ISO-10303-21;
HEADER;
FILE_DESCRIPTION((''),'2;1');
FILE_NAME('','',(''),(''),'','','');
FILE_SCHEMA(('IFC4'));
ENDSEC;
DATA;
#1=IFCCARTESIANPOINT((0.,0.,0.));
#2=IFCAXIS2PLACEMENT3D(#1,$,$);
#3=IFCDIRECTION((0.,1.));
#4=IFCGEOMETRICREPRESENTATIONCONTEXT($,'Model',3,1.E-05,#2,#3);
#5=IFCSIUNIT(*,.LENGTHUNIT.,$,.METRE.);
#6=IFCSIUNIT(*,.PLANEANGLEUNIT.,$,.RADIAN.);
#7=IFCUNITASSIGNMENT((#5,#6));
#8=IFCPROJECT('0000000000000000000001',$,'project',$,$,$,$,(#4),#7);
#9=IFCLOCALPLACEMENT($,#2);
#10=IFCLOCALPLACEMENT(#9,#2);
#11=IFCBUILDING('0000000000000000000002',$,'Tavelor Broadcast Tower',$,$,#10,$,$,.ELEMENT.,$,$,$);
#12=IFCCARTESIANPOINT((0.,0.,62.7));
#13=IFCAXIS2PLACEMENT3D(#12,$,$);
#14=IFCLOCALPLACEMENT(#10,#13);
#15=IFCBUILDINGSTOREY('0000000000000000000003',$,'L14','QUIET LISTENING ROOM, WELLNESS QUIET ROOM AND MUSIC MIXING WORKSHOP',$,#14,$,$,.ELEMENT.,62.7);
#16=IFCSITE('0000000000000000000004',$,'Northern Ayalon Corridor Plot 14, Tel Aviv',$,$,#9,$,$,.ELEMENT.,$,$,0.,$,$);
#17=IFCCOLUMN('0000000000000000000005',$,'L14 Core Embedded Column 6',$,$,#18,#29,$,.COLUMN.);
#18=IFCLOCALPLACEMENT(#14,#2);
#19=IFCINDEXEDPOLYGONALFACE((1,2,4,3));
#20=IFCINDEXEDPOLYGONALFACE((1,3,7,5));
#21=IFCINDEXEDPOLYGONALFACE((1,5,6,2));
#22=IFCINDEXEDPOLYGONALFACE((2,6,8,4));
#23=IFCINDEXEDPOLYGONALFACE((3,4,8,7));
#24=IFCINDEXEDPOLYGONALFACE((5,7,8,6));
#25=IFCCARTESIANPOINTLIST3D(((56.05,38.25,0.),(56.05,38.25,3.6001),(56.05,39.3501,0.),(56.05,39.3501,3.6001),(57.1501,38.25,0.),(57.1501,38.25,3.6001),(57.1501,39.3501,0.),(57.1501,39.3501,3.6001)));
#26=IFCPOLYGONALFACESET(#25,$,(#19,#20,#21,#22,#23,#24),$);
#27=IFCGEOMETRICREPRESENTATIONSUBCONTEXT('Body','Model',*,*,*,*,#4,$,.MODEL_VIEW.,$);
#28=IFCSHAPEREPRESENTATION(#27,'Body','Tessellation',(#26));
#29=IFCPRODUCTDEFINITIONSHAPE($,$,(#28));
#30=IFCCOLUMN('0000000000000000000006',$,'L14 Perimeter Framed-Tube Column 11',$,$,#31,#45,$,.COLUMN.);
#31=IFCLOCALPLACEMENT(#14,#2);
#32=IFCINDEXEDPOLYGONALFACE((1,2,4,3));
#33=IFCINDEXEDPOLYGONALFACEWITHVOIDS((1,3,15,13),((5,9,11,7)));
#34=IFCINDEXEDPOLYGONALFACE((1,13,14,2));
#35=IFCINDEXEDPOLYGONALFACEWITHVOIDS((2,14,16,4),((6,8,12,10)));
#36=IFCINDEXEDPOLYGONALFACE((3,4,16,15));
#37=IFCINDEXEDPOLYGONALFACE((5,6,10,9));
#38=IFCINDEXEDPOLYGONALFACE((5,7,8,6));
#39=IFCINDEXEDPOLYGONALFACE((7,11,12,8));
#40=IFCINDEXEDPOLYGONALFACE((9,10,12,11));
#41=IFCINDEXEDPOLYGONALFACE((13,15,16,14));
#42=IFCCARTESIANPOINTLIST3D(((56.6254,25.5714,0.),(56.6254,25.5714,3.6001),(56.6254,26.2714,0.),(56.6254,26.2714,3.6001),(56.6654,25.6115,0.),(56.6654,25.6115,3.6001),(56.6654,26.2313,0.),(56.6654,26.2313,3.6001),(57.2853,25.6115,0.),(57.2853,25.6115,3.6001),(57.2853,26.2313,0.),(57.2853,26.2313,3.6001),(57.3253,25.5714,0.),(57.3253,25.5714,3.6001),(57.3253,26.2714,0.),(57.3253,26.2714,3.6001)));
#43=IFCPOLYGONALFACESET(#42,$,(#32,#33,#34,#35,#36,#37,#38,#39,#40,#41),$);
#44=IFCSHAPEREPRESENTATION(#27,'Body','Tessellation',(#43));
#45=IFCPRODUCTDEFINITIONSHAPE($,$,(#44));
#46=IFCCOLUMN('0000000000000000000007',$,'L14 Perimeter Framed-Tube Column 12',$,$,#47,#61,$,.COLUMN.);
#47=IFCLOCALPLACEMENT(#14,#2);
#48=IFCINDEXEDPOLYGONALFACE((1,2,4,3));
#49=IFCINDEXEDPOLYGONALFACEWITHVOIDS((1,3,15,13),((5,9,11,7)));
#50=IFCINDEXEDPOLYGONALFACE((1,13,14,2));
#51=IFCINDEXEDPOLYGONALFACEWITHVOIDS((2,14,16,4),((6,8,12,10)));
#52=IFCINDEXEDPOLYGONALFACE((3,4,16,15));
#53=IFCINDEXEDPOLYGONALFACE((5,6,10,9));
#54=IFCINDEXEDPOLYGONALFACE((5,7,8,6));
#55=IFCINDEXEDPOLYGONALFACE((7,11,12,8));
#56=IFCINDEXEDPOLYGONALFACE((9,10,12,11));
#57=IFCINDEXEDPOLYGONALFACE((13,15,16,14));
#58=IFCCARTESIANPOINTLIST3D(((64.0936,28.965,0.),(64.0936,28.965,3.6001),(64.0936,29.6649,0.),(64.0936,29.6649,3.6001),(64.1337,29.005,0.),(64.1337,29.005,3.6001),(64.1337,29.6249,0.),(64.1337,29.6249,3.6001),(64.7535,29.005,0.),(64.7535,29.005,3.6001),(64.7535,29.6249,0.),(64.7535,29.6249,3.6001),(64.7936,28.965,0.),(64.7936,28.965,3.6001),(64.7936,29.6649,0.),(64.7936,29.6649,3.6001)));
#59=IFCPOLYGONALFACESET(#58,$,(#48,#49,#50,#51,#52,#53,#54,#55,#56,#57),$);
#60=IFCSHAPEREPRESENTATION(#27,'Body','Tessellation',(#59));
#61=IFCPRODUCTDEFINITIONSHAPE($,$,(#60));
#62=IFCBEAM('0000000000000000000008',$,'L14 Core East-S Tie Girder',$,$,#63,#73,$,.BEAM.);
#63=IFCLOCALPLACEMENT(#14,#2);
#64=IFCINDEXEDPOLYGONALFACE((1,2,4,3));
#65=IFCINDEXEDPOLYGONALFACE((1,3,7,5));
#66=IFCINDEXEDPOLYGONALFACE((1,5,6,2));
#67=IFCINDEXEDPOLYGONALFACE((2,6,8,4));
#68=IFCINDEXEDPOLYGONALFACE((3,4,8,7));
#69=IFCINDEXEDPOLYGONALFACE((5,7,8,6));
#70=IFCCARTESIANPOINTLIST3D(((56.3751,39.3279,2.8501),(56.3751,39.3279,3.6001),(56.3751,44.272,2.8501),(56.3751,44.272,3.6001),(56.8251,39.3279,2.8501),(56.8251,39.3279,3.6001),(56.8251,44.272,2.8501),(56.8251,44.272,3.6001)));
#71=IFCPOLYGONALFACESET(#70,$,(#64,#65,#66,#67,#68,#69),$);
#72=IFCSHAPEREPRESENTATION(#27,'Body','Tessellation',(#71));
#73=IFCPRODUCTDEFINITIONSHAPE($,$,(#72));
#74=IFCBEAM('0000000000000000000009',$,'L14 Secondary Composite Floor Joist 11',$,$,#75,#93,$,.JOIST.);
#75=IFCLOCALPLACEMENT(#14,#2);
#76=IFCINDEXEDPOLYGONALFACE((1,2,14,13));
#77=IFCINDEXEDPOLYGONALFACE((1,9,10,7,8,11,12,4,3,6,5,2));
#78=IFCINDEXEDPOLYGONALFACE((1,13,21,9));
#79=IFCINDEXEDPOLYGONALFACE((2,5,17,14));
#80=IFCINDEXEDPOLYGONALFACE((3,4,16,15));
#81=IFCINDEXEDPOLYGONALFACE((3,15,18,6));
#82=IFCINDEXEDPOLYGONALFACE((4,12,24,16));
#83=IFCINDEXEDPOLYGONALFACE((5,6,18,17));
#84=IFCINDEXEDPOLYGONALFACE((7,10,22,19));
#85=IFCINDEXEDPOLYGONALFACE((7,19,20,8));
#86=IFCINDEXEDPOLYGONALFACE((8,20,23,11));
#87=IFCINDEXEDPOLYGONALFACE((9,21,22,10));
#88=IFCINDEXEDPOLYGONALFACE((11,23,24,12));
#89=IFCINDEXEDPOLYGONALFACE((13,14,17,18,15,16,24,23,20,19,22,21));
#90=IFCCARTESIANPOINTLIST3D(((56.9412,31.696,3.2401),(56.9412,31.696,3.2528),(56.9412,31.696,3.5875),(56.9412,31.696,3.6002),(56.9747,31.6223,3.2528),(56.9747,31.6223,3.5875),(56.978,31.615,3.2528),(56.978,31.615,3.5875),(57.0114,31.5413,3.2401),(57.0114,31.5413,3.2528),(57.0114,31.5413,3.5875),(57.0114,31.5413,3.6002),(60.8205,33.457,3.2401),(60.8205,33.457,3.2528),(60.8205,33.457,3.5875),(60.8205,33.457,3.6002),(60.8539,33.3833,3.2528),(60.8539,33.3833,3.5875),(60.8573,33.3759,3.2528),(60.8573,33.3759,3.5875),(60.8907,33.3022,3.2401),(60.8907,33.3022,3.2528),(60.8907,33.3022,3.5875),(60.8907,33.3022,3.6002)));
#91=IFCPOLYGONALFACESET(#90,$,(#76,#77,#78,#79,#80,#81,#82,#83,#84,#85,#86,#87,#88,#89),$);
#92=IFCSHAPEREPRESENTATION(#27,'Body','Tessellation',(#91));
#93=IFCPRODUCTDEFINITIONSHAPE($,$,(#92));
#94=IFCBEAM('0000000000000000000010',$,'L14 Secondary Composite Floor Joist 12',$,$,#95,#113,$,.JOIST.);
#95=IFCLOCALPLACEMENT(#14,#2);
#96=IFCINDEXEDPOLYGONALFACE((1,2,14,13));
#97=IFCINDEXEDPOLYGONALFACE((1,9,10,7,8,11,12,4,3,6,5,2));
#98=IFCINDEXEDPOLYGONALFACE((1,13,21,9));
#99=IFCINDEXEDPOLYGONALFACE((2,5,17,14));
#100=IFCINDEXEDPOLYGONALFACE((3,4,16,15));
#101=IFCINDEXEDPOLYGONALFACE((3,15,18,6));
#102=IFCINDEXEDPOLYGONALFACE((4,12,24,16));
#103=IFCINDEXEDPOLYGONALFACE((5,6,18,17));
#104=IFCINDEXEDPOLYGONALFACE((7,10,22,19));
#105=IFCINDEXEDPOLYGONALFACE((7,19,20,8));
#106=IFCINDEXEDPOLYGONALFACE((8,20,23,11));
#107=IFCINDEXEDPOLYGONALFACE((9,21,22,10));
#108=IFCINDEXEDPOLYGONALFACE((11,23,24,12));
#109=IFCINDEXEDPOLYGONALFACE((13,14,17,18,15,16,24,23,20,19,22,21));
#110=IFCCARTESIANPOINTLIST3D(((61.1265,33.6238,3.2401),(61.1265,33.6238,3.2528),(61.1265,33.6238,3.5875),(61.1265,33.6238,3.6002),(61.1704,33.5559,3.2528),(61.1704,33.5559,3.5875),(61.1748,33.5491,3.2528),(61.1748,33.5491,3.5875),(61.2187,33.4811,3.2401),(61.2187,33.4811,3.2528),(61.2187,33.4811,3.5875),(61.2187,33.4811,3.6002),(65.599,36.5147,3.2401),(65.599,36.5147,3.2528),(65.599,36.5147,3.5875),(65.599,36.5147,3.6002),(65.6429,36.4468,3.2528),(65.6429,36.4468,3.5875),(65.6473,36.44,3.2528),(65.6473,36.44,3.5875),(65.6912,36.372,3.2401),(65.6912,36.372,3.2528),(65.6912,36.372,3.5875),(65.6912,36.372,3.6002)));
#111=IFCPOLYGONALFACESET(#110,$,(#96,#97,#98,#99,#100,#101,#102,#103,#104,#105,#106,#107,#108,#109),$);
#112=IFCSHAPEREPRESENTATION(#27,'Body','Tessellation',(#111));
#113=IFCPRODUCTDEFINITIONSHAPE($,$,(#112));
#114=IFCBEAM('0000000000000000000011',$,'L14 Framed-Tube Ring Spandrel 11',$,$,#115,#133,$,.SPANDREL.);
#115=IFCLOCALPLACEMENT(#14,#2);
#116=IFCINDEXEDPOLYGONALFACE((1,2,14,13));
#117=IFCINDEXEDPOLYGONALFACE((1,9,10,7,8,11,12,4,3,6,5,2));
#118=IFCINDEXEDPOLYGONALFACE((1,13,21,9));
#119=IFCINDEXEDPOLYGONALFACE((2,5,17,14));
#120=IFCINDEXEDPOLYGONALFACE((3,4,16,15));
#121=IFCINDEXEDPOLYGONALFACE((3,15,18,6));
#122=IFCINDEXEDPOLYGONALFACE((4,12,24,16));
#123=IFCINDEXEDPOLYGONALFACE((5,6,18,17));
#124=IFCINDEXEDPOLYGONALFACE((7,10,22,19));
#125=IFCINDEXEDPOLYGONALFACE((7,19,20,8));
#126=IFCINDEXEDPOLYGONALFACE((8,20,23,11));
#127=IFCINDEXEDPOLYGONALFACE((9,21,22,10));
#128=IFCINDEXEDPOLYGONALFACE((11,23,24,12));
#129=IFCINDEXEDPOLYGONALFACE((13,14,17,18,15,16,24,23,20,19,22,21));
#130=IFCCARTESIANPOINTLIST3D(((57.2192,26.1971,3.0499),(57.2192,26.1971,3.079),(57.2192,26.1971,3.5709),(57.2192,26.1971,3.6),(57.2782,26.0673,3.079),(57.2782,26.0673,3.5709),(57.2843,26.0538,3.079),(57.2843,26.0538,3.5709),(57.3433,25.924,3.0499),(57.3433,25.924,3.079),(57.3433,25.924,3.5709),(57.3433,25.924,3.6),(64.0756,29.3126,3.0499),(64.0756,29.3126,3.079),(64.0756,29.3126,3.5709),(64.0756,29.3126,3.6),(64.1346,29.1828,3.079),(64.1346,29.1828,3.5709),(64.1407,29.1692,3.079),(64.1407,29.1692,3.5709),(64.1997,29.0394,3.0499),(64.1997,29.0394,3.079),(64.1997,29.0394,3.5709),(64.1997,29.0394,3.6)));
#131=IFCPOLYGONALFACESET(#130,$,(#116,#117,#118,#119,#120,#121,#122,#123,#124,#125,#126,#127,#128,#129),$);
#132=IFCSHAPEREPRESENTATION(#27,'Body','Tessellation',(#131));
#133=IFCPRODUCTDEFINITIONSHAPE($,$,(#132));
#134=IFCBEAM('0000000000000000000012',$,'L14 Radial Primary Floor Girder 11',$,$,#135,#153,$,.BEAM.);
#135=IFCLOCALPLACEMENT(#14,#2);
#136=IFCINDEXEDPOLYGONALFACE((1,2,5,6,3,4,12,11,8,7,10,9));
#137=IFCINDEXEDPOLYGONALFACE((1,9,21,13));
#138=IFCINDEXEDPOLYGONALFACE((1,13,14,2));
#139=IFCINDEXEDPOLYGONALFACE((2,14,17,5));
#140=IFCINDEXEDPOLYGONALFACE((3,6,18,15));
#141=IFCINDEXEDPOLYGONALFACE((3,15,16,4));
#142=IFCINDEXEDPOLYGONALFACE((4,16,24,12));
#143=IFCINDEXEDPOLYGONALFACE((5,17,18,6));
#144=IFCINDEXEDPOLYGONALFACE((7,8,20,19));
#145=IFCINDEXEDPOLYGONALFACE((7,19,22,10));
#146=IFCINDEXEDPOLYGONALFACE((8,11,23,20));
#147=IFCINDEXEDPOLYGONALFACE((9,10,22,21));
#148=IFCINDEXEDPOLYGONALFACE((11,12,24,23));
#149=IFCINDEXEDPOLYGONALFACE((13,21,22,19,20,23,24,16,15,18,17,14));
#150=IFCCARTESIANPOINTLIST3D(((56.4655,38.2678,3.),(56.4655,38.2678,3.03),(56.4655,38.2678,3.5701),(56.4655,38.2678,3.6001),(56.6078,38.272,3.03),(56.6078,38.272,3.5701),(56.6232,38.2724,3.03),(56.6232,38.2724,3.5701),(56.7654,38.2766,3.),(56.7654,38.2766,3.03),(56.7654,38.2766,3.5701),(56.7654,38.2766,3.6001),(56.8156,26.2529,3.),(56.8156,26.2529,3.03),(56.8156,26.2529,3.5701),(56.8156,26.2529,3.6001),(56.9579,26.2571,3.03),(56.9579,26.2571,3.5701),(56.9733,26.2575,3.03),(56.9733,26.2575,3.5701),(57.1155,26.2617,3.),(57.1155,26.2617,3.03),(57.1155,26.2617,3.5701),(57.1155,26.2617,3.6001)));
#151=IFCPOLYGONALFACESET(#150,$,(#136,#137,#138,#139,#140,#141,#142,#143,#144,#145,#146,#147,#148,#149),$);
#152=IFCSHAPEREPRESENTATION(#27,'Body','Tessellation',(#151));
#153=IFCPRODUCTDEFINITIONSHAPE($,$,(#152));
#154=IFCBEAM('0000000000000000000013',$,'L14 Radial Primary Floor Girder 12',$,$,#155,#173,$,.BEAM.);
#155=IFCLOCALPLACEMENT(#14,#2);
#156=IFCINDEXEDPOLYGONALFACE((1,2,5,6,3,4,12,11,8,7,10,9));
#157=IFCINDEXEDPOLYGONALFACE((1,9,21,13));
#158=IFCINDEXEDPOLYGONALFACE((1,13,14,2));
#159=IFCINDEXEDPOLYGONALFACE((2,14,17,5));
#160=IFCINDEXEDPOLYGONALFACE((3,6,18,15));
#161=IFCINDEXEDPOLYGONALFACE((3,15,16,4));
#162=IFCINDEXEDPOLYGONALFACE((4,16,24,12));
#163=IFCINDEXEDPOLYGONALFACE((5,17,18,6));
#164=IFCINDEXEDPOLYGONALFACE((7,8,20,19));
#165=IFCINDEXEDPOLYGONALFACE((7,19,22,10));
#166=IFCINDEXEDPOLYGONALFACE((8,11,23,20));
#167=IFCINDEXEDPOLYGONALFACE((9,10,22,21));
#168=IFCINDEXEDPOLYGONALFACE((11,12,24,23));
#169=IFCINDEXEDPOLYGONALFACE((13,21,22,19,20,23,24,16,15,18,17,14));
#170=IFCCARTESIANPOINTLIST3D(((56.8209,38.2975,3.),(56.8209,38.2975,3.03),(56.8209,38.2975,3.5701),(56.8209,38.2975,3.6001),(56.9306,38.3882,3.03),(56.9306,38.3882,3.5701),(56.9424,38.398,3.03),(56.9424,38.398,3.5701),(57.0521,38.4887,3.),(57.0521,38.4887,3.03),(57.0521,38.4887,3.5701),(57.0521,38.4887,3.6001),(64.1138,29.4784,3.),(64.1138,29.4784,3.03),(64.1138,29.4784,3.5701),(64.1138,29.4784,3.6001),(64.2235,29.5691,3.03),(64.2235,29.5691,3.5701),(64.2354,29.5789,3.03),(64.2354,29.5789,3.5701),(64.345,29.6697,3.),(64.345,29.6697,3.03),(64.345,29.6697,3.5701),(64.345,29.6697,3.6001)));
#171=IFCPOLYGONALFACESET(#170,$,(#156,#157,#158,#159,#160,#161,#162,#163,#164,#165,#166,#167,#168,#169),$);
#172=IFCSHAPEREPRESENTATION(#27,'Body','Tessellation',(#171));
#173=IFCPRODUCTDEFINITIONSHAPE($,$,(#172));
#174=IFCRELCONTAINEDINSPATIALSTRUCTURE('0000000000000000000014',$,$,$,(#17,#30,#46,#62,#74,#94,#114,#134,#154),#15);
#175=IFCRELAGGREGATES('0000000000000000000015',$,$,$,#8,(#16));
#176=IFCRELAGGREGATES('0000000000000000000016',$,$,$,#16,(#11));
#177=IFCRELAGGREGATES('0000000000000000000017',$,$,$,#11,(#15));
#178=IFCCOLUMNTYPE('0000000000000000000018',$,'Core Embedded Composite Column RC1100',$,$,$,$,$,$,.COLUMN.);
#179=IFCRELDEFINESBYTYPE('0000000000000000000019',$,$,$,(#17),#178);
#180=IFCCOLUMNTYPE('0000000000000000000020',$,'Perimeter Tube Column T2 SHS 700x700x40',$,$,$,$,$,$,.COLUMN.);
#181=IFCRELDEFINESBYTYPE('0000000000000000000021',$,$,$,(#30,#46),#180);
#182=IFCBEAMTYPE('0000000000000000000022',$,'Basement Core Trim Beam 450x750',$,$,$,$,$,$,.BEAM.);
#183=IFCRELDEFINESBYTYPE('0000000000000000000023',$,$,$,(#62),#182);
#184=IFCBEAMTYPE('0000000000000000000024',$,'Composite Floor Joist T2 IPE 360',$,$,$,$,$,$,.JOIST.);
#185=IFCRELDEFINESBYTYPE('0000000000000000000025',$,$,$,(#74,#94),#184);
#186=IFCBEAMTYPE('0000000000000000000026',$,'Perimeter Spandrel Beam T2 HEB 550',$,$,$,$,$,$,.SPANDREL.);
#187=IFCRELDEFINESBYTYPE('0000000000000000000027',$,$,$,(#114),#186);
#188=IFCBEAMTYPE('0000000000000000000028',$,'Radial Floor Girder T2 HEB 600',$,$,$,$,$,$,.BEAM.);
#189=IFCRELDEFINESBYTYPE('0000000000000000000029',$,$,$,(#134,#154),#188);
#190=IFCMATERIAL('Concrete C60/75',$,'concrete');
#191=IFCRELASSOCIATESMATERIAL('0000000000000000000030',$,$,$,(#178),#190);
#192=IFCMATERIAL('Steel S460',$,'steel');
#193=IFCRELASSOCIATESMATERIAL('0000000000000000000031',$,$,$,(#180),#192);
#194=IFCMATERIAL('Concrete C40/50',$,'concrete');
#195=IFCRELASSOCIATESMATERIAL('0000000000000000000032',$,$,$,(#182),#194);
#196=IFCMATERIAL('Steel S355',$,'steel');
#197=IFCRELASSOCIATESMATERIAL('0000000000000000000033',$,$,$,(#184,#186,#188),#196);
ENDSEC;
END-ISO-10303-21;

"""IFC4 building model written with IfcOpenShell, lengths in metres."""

from ifc_helpers import new_model, si_unit, direction, frame, origin, origin_2d, place, context, subcontext, project, spatial, rectangle, hollow_rectangle, i_section, extrude, material, material_profile, profile_set, type_object, element, save


model = new_model("IFC4")

# Units and contexts
model_context = context("Model", 3, precision=1e-05, world=origin(), true_north=direction((0.0, 1.0)))
body_context = subcontext(model_context, "Body", "Model", "MODEL_VIEW")
ifc_project = project(units=[si_unit("LENGTHUNIT", "METRE"), si_unit("PLANEANGLEUNIT", "RADIAN")], contexts=[model_context])

# Site, building, storey
site_placement = place(None, origin())
site = spatial("IfcSite", under=ifc_project, at=site_placement, Name="Northern Ayalon Corridor Plot 14, Tel Aviv", CompositionType="ELEMENT", RefElevation=0.0)
building_placement = place(site_placement, origin())
building = spatial("IfcBuilding", under=site, at=building_placement, Name="Tavelor Broadcast Tower", CompositionType="ELEMENT")
storey_placement = place(building_placement, frame((0.0, 0.0, 62.7)))
storey = spatial("IfcBuildingStorey", under=building, at=storey_placement, Name="L14", Description="QUIET LISTENING ROOM, WELLNESS QUIET ROOM AND MUSIC MIXING WORKSHOP", CompositionType="ELEMENT", Elevation=62.7)

# Columns
ifc_material_1 = material(Name="Concrete C60/75", Category="concrete")
ifc_material_profile_1 = material_profile(ifc_material_1, rectangle(XDim=1.1001, YDim=1.1001, at=origin_2d()), Name="RC 1100x1100")
ifc_profile_set_1 = profile_set([ifc_material_profile_1], Name="Concrete C60/75")
column_type_1 = type_object("IfcColumnType", Name="Core Embedded Composite Column RC1100", PredefinedType="COLUMN", material=ifc_profile_set_1)
column_placement = place(storey_placement, frame((56.6001, 38.8, 0.0), z_axis=(0.0, 0.0, 1.0), x_axis=(1.0, 0.0, 0.0)))
element("IfcColumn", 1, at=column_placement, inside=storey, type_object=column_type_1, Name="L14 Core Embedded Column 6", PredefinedType="COLUMN", context=body_context, shape_type="SweptSolid", body=[
    extrude(rectangle(XDim=1.1001, YDim=1.1001, at=origin_2d()), origin(), (0.0, 0.0, 1.0), 3.6001),
])
ifc_material_2 = material(Name="Steel S460", Category="steel")
ifc_material_profile_2 = material_profile(ifc_material_2, hollow_rectangle(XDim=0.7, YDim=0.7, WallThickness=0.04, at=origin_2d()), Name="SHS 700x700x40")
ifc_profile_set_2 = profile_set([ifc_material_profile_2], Name="Steel S460")
column_type_2 = type_object("IfcColumnType", Name="Perimeter Tube Column T2 SHS 700x700x40", PredefinedType="COLUMN", material=ifc_profile_set_2)
for number, where, z_axis, x_axis, name in (
    (2, (56.9753, 25.9214, 0.0), (0.0, 0.0, 1.0), (1.0, 0.0, 0.0), "L14 Perimeter Framed-Tube Column 11"),
    (3, (64.4436, 29.3149, 0.0), (0.0, 0.0, 1.0), (1.0, 0.0, 0.0), "L14 Perimeter Framed-Tube Column 12"),
):
    element("IfcColumn", number, at=place(storey_placement, frame(where, z_axis=z_axis, x_axis=x_axis)), inside=storey, type_object=column_type_2, Name=name, PredefinedType="COLUMN", context=body_context, shape_type="SweptSolid", body=[
        extrude(hollow_rectangle(XDim=0.7, YDim=0.7, WallThickness=0.04, at=origin_2d()), origin(), (0.0, 0.0, 1.0), 3.6001),
    ])

# Beams
ifc_material_3 = material(Name="Concrete C40/50", Category="concrete")
ifc_material_profile_3 = material_profile(ifc_material_3, rectangle(XDim=0.45, YDim=0.75, at=origin_2d()), Name="RC 450x750")
ifc_profile_set_3 = profile_set([ifc_material_profile_3], Name="Concrete C40/50")
beam_type_1 = type_object("IfcBeamType", Name="Basement Core Trim Beam 450x750", PredefinedType="BEAM", material=ifc_profile_set_3)
beam_1_placement = place(storey_placement, frame((56.6001, 39.3279, 3.2251), z_axis=(0.0, 1.0, 0.0), x_axis=(-1.0, 0.0, 0.0)))
element("IfcBeam", 4, at=beam_1_placement, inside=storey, type_object=beam_type_1, Name="L14 Core East-S Tie Girder", PredefinedType="BEAM", context=body_context, shape_type="SweptSolid", body=[
    extrude(rectangle(XDim=0.45, YDim=0.75, at=origin_2d()), origin(), (0.0, 0.0, 1.0), 4.9441),
])
ifc_material_4 = material(Name="Steel S355", Category="steel")
ifc_material_profile_4 = material_profile(ifc_material_4, i_section(OverallWidth=0.1699, OverallDepth=0.3601, WebThickness=0.0081, FlangeThickness=0.0127, at=origin_2d()), Name="IPE 360")
ifc_profile_set_4 = profile_set([ifc_material_profile_4], Name="Steel S355")
beam_type_2 = type_object("IfcBeamType", Name="Composite Floor Joist T2 IPE 360", PredefinedType="JOIST", material=ifc_profile_set_4)
beam_2_placement = place(storey_placement, frame((56.9763, 31.6187, 3.4202), z_axis=(0.910576, 0.413341, 0.0), x_axis=(-0.413341, 0.910576, 0.0)))
element("IfcBeam", 5, at=beam_2_placement, inside=storey, type_object=beam_type_2, Name="L14 Secondary Composite Floor Joist 11", PredefinedType="JOIST", context=body_context, shape_type="SweptSolid", body=[
    extrude(i_section(OverallWidth=0.1699, OverallDepth=0.3601, WebThickness=0.0081, FlangeThickness=0.0127, at=origin_2d()), origin(), (0.0, 0.0, 1.0), 4.2603),
])
beam_3_placement = place(storey_placement, frame((61.1726, 33.5525, 3.4202), z_axis=(0.839831, 0.542848, 0.0), x_axis=(-0.542848, 0.839831, 0.0)))
element("IfcBeam", 6, at=beam_3_placement, inside=storey, type_object=beam_type_2, Name="L14 Secondary Composite Floor Joist 12", PredefinedType="JOIST", context=body_context, shape_type="SweptSolid", body=[
    extrude(i_section(OverallWidth=0.1699, OverallDepth=0.3601, WebThickness=0.0081, FlangeThickness=0.0127, at=origin_2d()), origin(), (0.0, 0.0, 1.0), 5.3254),
])
ifc_material_profile_5 = material_profile(ifc_material_4, i_section(OverallWidth=0.3, OverallDepth=0.55, WebThickness=0.0149, FlangeThickness=0.0291, at=origin_2d()), Name="HEB 550")
ifc_profile_set_5 = profile_set([ifc_material_profile_5], Name="Steel S355")
beam_type_3 = type_object("IfcBeamType", Name="Perimeter Spandrel Beam T2 HEB 550", PredefinedType="SPANDREL", material=ifc_profile_set_5)
beam_4_placement = place(storey_placement, frame((57.2812, 26.0605, 3.325), z_axis=(0.910421, 0.413683, 0.0), x_axis=(-0.413683, 0.910421, 0.0)))
element("IfcBeam", 7, at=beam_4_placement, inside=storey, type_object=beam_type_3, Name="L14 Framed-Tube Ring Spandrel 11", PredefinedType="SPANDREL", context=body_context, shape_type="SweptSolid", body=[
    extrude(i_section(OverallWidth=0.3, OverallDepth=0.55, WebThickness=0.0149, FlangeThickness=0.0291, at=origin_2d()), origin(), (0.0, 0.0, 1.0), 7.531),
])
ifc_material_profile_6 = material_profile(ifc_material_4, i_section(OverallWidth=0.3, OverallDepth=0.6001, WebThickness=0.0154, FlangeThickness=0.03, at=origin_2d()), Name="HEB 600")
ifc_profile_set_6 = profile_set([ifc_material_profile_6], Name="Steel S355")
beam_type_4 = type_object("IfcBeamType", Name="Radial Floor Girder T2 HEB 600", PredefinedType="BEAM", material=ifc_profile_set_6)
beam_5_placement = place(storey_placement, frame((56.6155, 38.2722, 3.3), z_axis=(0.029126, -0.999576, 0.0), x_axis=(0.999576, 0.029126, 0.0)))
element("IfcBeam", 8, at=beam_5_placement, inside=storey, type_object=beam_type_4, Name="L14 Radial Primary Floor Girder 11", PredefinedType="BEAM", context=body_context, shape_type="SweptSolid", body=[
    extrude(i_section(OverallWidth=0.3, OverallDepth=0.6001, WebThickness=0.0154, FlangeThickness=0.03, at=origin_2d()), origin(), (0.0, 0.0, 1.0), 12.02),
])
beam_6_placement = place(storey_placement, frame((56.9365, 38.3931, 3.3), z_axis=(0.637278, -0.770634, 0.0), x_axis=(0.770634, 0.637278, 0.0)))
element("IfcBeam", 9, at=beam_6_placement, inside=storey, type_object=beam_type_4, Name="L14 Radial Primary Floor Girder 12", PredefinedType="BEAM", context=body_context, shape_type="SweptSolid", body=[
    extrude(i_section(OverallWidth=0.3, OverallDepth=0.6001, WebThickness=0.0154, FlangeThickness=0.03, at=origin_2d()), origin(), (0.0, 0.0, 1.0), 11.4438),
])

save(model, "model.ifc")
